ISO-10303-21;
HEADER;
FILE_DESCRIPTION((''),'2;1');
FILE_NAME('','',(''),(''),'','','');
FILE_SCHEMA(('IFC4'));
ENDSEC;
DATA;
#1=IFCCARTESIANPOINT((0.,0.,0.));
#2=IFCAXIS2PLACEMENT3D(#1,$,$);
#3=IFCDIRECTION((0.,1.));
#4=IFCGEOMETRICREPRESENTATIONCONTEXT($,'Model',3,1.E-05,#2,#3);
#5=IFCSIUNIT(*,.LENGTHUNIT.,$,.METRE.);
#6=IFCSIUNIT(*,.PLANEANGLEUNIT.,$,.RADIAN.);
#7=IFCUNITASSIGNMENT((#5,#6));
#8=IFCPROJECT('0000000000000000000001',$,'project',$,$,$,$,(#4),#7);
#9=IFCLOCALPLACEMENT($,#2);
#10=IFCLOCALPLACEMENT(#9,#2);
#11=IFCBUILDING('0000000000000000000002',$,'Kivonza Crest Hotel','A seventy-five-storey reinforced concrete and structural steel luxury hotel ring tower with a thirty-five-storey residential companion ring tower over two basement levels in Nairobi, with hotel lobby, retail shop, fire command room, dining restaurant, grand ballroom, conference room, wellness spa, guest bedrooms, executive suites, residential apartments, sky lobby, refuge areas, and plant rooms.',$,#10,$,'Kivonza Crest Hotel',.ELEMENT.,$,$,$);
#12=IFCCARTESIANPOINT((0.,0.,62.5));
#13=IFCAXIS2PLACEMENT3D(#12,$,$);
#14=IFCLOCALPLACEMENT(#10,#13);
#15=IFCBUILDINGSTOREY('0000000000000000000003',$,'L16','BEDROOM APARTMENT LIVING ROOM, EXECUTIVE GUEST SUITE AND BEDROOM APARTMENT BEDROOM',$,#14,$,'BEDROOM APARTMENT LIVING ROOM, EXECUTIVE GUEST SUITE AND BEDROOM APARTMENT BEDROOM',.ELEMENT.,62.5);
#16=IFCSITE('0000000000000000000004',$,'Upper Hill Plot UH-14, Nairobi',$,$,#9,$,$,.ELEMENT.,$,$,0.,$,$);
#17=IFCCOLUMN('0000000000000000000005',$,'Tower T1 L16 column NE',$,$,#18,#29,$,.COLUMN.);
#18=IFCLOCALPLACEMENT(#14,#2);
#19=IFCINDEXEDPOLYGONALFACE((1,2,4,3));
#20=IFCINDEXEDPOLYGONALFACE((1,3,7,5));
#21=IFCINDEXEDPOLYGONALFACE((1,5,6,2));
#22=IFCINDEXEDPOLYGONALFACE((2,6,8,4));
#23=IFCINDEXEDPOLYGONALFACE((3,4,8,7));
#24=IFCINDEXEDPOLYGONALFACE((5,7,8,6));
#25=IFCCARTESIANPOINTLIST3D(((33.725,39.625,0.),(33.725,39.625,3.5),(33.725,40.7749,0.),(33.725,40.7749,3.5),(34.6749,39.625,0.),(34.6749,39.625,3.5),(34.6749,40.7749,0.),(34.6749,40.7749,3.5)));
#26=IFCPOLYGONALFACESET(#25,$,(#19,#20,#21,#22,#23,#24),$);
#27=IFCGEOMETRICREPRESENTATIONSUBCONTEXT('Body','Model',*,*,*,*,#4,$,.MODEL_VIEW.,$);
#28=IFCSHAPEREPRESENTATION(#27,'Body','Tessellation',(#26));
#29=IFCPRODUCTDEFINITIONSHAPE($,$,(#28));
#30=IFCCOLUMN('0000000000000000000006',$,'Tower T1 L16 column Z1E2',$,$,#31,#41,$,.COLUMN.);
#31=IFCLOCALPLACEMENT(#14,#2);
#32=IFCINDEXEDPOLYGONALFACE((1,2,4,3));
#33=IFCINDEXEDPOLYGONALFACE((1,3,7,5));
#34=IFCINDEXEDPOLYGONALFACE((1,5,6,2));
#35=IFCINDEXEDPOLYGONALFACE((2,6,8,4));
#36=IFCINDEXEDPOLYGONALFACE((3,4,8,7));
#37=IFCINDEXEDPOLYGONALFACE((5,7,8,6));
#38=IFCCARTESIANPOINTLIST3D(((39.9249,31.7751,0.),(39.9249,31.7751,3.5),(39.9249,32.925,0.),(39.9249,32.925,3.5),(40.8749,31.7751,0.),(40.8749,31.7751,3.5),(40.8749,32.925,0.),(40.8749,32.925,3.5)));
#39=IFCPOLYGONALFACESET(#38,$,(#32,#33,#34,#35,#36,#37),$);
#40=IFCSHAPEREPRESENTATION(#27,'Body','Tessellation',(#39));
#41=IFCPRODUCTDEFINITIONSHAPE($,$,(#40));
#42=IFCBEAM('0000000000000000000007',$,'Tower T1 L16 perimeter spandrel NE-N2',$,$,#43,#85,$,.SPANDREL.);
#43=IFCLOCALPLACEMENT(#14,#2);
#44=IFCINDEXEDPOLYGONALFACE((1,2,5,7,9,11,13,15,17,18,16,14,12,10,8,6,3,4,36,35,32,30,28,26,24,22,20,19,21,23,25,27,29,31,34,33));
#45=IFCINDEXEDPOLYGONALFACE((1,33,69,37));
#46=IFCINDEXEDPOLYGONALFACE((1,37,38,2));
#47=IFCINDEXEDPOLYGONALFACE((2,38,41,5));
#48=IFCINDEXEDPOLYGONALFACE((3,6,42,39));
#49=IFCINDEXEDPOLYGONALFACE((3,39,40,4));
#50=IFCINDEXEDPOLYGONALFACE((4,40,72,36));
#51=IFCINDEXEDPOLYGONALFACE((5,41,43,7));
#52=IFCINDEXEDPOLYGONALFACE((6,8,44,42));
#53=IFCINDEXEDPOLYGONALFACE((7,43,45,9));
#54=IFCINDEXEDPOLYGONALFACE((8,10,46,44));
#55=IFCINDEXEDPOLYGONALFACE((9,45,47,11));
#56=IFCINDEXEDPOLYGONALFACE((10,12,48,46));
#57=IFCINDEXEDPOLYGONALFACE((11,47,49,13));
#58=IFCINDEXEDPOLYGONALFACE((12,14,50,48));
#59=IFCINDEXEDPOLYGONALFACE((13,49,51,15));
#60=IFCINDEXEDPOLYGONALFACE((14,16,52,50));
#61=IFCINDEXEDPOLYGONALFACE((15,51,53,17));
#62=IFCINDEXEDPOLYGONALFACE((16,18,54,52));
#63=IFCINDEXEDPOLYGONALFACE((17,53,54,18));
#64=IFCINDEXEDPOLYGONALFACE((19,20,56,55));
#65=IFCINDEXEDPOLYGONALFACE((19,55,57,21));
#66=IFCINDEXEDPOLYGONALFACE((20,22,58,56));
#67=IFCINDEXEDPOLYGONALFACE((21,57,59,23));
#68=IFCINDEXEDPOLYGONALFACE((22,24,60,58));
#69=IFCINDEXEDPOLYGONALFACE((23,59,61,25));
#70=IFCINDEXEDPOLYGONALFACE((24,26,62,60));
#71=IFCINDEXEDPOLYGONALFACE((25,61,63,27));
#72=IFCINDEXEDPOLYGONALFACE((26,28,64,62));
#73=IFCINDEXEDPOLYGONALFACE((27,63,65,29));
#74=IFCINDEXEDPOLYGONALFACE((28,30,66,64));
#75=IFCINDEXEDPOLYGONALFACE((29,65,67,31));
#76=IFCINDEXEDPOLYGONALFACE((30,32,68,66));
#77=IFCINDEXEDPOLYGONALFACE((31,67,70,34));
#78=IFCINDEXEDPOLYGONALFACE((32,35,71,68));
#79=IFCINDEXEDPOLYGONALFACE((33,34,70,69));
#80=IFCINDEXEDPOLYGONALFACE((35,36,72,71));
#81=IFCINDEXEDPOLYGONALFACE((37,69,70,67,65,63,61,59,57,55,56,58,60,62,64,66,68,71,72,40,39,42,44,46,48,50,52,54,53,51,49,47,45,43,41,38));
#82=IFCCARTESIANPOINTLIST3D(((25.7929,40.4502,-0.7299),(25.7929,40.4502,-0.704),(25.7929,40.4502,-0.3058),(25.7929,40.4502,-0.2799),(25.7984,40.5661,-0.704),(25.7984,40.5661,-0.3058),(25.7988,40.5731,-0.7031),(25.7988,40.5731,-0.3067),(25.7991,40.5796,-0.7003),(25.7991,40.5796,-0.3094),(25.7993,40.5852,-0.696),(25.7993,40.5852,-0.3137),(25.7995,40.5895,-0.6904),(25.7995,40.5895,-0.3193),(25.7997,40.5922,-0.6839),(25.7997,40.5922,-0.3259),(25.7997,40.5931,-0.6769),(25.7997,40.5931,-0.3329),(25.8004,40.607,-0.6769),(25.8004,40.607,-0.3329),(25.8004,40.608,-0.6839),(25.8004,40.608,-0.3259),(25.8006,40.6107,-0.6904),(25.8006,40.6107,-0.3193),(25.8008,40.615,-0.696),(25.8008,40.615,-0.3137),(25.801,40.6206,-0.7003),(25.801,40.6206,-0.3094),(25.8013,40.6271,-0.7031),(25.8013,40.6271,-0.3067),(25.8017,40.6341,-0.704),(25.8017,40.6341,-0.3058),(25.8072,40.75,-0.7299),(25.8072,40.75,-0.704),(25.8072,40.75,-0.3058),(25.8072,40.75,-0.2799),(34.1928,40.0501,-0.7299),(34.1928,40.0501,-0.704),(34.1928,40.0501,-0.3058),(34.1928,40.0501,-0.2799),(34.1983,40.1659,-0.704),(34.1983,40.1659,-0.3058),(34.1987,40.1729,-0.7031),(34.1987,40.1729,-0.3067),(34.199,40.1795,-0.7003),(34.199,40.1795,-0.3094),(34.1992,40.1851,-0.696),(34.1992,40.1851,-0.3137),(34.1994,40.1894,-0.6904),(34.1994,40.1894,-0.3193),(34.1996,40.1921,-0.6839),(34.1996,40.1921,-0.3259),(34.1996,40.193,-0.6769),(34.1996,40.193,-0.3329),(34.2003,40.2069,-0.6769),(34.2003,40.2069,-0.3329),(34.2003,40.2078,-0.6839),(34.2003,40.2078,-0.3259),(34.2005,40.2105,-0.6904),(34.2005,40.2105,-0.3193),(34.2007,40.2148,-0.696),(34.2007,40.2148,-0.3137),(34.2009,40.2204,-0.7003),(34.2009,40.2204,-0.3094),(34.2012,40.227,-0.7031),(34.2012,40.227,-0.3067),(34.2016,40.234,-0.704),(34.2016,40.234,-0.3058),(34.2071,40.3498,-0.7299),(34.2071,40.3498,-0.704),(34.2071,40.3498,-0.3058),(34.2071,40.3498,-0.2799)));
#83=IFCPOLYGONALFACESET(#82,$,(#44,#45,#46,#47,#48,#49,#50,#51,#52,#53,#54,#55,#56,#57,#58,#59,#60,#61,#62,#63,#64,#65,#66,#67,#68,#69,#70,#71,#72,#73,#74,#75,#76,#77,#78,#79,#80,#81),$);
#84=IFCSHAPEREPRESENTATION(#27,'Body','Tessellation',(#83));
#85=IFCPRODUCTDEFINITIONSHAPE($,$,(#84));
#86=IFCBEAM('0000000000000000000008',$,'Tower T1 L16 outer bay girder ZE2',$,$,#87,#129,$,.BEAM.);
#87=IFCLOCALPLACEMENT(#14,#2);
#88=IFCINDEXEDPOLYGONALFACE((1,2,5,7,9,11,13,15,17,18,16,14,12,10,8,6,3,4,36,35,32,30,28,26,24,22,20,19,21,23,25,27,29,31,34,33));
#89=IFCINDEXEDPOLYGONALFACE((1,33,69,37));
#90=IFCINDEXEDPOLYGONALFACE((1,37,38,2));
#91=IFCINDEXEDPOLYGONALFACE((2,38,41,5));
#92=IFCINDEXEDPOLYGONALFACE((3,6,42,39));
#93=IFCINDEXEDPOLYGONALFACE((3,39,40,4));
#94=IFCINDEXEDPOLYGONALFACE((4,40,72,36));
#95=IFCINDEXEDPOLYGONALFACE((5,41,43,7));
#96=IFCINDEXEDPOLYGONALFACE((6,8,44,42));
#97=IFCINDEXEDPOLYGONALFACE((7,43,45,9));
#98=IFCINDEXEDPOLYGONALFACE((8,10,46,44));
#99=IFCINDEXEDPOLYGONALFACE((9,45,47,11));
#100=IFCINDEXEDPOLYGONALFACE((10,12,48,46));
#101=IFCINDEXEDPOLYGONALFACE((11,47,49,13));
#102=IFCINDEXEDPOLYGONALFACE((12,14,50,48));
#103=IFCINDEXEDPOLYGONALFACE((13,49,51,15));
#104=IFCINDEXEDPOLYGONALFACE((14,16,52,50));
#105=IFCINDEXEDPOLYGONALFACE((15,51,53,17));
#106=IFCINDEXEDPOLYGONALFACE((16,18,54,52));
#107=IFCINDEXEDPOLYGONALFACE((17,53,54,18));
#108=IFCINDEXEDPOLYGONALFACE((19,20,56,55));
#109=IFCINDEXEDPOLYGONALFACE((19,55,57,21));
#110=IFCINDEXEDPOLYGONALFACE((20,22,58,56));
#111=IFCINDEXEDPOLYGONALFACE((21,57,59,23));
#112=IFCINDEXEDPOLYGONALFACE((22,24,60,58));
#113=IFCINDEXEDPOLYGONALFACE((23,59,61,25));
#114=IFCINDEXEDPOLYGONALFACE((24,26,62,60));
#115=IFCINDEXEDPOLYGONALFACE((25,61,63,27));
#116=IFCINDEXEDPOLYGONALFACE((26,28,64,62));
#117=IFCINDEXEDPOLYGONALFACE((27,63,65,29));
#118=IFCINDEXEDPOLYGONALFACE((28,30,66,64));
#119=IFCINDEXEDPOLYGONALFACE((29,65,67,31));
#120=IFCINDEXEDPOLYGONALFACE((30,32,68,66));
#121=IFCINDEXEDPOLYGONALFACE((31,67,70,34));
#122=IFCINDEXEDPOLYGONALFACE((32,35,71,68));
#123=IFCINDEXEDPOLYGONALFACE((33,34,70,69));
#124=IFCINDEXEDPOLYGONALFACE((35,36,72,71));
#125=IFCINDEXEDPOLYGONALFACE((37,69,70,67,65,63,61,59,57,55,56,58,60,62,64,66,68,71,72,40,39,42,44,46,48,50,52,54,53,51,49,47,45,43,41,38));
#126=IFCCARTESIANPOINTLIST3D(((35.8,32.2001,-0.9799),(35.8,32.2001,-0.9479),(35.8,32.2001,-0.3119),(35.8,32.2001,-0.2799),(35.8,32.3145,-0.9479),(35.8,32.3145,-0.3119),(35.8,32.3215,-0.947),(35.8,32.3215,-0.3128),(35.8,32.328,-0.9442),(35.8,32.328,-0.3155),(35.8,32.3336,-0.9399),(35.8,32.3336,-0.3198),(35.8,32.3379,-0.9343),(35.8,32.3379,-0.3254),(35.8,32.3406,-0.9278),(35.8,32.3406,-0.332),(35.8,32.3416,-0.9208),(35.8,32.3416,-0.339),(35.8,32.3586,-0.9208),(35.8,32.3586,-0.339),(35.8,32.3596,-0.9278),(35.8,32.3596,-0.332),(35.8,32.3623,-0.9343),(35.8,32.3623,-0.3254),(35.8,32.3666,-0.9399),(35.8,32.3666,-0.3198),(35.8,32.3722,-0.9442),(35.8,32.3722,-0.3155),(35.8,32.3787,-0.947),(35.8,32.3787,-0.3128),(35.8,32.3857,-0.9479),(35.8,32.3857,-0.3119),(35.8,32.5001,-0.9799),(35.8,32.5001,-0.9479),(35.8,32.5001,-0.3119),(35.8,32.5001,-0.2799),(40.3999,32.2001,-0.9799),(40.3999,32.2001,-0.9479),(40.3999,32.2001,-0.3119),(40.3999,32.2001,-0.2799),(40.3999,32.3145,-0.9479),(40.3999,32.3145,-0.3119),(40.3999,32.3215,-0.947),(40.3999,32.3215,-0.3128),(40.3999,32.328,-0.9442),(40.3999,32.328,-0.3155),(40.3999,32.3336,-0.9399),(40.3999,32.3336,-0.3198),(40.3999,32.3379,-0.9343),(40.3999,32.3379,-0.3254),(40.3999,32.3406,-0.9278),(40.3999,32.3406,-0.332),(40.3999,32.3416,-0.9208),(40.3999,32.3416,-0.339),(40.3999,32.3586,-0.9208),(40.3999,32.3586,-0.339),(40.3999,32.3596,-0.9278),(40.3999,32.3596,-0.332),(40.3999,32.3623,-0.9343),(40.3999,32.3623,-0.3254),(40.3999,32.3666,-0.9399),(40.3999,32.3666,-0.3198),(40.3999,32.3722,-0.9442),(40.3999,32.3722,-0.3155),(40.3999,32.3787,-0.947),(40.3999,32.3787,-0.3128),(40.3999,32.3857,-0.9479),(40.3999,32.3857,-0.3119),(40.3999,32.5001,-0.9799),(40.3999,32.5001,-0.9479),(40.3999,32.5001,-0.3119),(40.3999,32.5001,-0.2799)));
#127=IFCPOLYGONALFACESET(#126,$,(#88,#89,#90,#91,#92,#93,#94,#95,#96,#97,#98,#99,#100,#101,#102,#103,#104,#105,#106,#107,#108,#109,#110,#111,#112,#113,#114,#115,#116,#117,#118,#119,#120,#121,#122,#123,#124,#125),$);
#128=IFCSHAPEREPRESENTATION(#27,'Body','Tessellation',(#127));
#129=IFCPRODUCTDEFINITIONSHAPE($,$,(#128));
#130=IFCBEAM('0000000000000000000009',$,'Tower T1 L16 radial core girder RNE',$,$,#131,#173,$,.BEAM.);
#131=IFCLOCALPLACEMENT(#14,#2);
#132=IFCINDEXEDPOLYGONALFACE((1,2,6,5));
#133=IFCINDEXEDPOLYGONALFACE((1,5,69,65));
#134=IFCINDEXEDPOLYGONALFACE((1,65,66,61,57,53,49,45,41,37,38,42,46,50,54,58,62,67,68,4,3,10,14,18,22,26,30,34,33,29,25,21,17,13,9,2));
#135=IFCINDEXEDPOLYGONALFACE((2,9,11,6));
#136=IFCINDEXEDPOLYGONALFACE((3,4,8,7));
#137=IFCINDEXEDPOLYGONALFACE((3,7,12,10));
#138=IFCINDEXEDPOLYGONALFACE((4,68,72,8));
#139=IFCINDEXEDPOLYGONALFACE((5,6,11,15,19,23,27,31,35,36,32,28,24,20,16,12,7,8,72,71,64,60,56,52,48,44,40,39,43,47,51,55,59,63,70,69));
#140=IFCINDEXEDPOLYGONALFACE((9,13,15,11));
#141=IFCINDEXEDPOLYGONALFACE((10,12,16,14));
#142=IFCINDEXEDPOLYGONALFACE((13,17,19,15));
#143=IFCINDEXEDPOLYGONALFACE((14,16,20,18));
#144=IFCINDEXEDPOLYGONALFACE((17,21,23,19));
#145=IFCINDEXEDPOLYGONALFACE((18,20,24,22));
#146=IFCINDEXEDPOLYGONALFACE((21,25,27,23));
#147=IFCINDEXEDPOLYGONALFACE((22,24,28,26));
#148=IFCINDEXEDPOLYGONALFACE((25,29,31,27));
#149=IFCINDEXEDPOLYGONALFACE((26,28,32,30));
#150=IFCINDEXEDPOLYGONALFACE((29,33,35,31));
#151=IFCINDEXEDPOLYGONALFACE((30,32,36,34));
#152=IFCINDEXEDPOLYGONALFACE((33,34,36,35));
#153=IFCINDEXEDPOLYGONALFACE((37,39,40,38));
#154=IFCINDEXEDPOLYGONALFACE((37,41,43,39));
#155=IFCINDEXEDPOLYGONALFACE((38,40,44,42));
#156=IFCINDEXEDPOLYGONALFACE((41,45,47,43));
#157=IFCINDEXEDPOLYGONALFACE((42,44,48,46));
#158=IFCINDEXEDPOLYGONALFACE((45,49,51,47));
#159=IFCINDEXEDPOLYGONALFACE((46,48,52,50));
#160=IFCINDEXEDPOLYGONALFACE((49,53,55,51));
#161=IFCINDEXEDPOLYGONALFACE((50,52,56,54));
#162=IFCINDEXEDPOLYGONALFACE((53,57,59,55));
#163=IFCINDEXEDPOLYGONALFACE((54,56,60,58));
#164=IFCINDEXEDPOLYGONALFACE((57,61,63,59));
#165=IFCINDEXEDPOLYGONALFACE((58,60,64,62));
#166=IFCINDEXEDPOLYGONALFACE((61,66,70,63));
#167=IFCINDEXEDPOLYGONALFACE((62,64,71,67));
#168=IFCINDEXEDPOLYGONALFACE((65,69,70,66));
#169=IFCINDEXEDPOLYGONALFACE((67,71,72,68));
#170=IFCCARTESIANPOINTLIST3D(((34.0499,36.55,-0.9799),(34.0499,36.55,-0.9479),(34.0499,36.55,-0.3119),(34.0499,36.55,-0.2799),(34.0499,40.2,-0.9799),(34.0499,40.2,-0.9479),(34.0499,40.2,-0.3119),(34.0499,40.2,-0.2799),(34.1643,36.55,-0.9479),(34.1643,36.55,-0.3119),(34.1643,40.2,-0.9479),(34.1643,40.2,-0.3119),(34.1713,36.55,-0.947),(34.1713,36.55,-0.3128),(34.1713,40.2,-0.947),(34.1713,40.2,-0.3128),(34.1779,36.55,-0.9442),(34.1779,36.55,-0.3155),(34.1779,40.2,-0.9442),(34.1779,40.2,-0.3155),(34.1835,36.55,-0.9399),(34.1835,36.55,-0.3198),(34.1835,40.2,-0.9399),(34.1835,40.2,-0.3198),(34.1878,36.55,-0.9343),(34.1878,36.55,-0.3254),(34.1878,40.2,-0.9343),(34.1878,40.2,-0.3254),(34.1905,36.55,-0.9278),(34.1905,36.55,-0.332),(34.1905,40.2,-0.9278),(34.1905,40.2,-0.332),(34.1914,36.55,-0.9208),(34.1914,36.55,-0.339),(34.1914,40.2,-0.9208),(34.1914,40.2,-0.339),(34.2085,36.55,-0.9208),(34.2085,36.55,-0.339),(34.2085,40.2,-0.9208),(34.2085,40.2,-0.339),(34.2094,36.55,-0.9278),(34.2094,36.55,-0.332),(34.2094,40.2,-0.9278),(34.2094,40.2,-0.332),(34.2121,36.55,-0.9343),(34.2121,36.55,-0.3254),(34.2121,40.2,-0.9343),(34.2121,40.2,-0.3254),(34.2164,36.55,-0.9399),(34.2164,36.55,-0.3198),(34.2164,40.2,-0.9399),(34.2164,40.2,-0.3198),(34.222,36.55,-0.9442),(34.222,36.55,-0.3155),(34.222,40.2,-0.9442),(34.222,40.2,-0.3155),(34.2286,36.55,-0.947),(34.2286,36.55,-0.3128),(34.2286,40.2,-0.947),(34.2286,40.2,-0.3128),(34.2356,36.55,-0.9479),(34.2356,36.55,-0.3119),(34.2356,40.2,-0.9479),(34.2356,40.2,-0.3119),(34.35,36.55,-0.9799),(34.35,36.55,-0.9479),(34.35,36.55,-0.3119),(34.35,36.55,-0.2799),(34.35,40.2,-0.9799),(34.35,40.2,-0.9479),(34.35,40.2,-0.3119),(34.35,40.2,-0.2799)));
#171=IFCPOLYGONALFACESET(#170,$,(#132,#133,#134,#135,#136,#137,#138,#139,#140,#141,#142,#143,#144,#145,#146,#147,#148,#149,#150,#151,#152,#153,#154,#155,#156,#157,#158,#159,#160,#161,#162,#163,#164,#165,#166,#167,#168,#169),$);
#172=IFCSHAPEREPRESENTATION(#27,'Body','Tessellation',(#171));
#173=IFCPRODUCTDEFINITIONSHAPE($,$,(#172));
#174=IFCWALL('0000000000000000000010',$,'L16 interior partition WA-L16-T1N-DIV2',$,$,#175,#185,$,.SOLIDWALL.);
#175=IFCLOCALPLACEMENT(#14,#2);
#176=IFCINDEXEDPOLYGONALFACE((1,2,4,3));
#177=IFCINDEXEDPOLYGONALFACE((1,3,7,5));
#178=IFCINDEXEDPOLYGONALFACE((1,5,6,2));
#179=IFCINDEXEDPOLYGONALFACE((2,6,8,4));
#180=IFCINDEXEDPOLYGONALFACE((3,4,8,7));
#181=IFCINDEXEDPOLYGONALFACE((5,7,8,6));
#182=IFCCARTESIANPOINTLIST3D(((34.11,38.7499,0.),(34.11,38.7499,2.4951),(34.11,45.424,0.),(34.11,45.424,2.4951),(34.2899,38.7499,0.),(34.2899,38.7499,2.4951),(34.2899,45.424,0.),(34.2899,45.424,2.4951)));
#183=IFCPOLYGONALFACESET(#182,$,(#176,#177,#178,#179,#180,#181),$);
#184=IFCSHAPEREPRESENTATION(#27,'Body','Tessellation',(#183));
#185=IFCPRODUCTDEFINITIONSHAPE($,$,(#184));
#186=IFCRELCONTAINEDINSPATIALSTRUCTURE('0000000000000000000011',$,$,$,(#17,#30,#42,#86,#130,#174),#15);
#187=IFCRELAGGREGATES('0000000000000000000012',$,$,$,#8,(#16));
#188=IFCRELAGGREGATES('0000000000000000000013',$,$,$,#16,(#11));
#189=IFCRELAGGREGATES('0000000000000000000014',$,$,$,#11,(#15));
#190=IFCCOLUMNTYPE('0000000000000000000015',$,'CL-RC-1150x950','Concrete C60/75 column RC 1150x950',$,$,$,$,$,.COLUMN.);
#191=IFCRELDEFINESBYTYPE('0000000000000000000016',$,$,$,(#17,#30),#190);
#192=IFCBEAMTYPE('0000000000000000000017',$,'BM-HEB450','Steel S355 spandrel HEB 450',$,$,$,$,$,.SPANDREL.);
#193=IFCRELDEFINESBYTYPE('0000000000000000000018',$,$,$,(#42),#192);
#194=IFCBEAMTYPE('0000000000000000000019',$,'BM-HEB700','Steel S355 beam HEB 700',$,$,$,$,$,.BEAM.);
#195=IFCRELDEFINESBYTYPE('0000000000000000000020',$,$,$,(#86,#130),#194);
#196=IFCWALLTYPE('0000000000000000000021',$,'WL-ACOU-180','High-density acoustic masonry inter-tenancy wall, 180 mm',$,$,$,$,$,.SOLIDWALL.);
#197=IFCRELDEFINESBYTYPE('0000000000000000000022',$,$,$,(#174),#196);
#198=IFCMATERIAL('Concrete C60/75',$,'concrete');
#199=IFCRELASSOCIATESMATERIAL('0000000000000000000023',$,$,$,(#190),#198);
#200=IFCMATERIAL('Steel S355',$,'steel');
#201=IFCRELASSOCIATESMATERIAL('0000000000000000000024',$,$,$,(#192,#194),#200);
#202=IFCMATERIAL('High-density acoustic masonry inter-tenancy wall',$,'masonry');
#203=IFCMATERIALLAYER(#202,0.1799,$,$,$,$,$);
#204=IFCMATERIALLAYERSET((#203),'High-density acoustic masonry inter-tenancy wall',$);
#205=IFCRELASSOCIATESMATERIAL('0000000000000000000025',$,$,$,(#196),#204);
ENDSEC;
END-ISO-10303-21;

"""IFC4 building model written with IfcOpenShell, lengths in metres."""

from ifc_helpers import new_model, si_unit, direction, frame, frame_2d, origin, origin_2d, place, context, subcontext, project, spatial, rectangle, i_section, extrude, material, layer, layer_set, material_profile, profile_set, type_object, element, save


model = new_model("IFC4")

# Units and contexts
model_context = context("Model", 3, precision=1e-05, world=origin(), true_north=direction((0.0, 1.0)))
body_context = subcontext(model_context, "Body", "Model", "MODEL_VIEW")
ifc_project = project(units=[si_unit("LENGTHUNIT", "METRE"), si_unit("PLANEANGLEUNIT", "RADIAN")], contexts=[model_context])

# Site, building, storey
site_placement = place(None, origin())
site = spatial("IfcSite", under=ifc_project, at=site_placement, Name="Upper Hill Plot UH-14, Nairobi", CompositionType="ELEMENT", RefElevation=0.0)
building_placement = place(site_placement, origin())
building = spatial("IfcBuilding", under=site, at=building_placement, Name="Kivonza Crest Hotel", Description="A seventy-five-storey reinforced concrete and structural steel luxury hotel ring tower with a thirty-five-storey residential companion ring tower over two basement levels in Nairobi, with hotel lobby, retail shop, fire command room, dining restaurant, grand ballroom, conference room, wellness spa, guest bedrooms, executive suites, residential apartments, sky lobby, refuge areas, and plant rooms.", LongName="Kivonza Crest Hotel", CompositionType="ELEMENT")
storey_placement = place(building_placement, frame((0.0, 0.0, 62.5)))
storey = spatial("IfcBuildingStorey", under=building, at=storey_placement, Name="L16", Description="BEDROOM APARTMENT LIVING ROOM, EXECUTIVE GUEST SUITE AND BEDROOM APARTMENT BEDROOM", LongName="BEDROOM APARTMENT LIVING ROOM, EXECUTIVE GUEST SUITE AND BEDROOM APARTMENT BEDROOM", CompositionType="ELEMENT", Elevation=62.5)

# Columns
ifc_material_1 = material(Name="Concrete C60/75", Category="concrete")
ifc_material_profile_1 = material_profile(ifc_material_1, rectangle(XDim=0.95, YDim=1.1499, at=origin_2d()), Name="RC 1150x950")
ifc_profile_set_1 = profile_set([ifc_material_profile_1], Name="Concrete C60/75")
column_type = type_object("IfcColumnType", Name="CL-RC-1150x950", Description="Concrete C60/75 column RC 1150x950", PredefinedType="COLUMN", material=ifc_profile_set_1)
for number, where, z_axis, x_axis, name in (
    (1, (34.2, 40.2, 0.0), (0.0, 0.0, 1.0), (1.0, 0.0, 0.0), "Tower T1 L16 column NE"),
    (2, (40.3999, 32.3501, 0.0), (0.0, 0.0, 1.0), (1.0, 0.0, 0.0), "Tower T1 L16 column Z1E2"),
):
    element("IfcColumn", number, at=place(storey_placement, frame(where, z_axis=z_axis, x_axis=x_axis)), inside=storey, type_object=column_type, Name=name, PredefinedType="COLUMN", context=body_context, shape_type="SweptSolid", body=[
        extrude(rectangle(XDim=0.95, YDim=1.1499, at=origin_2d()), origin(), (0.0, 0.0, 1.0), 3.5),
    ])

# Beams
ifc_material_2 = material(Name="Steel S355", Category="steel")
ifc_material_profile_2 = material_profile(ifc_material_2, i_section(OverallWidth=0.3, OverallDepth=0.45, WebThickness=0.0139, FlangeThickness=0.0259, FilletRadius=0.0271, at=origin_2d()), Name="HEB 450")
ifc_profile_set_2 = profile_set([ifc_material_profile_2], Name="Steel S355")
beam_type_1 = type_object("IfcBeamType", Name="BM-HEB450", Description="Steel S355 spandrel HEB 450", PredefinedType="SPANDREL", material=ifc_profile_set_2)
beam_1_placement = place(storey_placement, frame((34.2, 40.2, -0.5049), z_axis=(-0.998867, 0.047583, 0.0), x_axis=(-0.047583, -0.998867, 0.0)))
element("IfcBeam", 3, at=beam_1_placement, inside=storey, type_object=beam_type_1, Name="Tower T1 L16 perimeter spandrel NE-N2", PredefinedType="SPANDREL", context=body_context, shape_type="SweptSolid", body=[
    extrude(i_section(OverallWidth=0.3, OverallDepth=0.45, WebThickness=0.0139, FlangeThickness=0.0259, FilletRadius=0.0271, at=origin_2d()), origin(), (0.0, 0.0, 1.0), 8.4094),
])
ifc_material_profile_3 = material_profile(ifc_material_2, i_section(OverallWidth=0.3, OverallDepth=0.7, WebThickness=0.0171, FlangeThickness=0.032, FilletRadius=0.0271, at=origin_2d()), Name="HEB 700")
ifc_profile_set_3 = profile_set([ifc_material_profile_3], Name="Steel S355")
beam_type_2 = type_object("IfcBeamType", Name="BM-HEB700", Description="Steel S355 beam HEB 700", PredefinedType="BEAM", material=ifc_profile_set_3)
beam_2_placement = place(storey_placement, frame((40.3999, 32.3501, -0.6299), z_axis=(-1.0, 0.0, 0.0), x_axis=(0.0, -1.0, 0.0)))
element("IfcBeam", 4, at=beam_2_placement, inside=storey, type_object=beam_type_2, Name="Tower T1 L16 outer bay girder ZE2", PredefinedType="BEAM", context=body_context, shape_type="SweptSolid", body=[
    extrude(i_section(OverallWidth=0.3, OverallDepth=0.7, WebThickness=0.0171, FlangeThickness=0.032, FilletRadius=0.0271, at=origin_2d()), origin(), (0.0, 0.0, 1.0), 4.5999),
])
beam_3_placement = place(storey_placement, frame((34.2, 40.2, -0.6299), z_axis=(0.0, -1.0, 0.0), x_axis=(1.0, 0.0, 0.0)))
element("IfcBeam", 5, at=beam_3_placement, inside=storey, type_object=beam_type_2, Name="Tower T1 L16 radial core girder RNE", PredefinedType="BEAM", context=body_context, shape_type="SweptSolid", body=[
    extrude(i_section(OverallWidth=0.3, OverallDepth=0.7, WebThickness=0.0171, FlangeThickness=0.032, FilletRadius=0.0271, at=origin_2d()), origin(), (0.0, 0.0, 1.0), 3.6499),
])

# Wall
ifc_material_3 = material(Name="High-density acoustic masonry inter-tenancy wall", Category="masonry")
ifc_layer_1 = layer(ifc_material_3, 0.1799)
ifc_layer_set_1 = layer_set([ifc_layer_1], Name="High-density acoustic masonry inter-tenancy wall")
wall_type_1 = type_object("IfcWallType", Name="WL-ACOU-180", Description="High-density acoustic masonry inter-tenancy wall, 180 mm", PredefinedType="SOLIDWALL", material=ifc_layer_set_1)
wall_1_placement = place(storey_placement, frame((34.2, 38.75, 0.0), z_axis=(0.0, 0.0, 1.0), x_axis=(0.0, 1.0, 0.0)))
element("IfcWall", 6, at=wall_1_placement, inside=storey, type_object=wall_type_1, Name="L16 interior partition WA-L16-T1N-DIV2", PredefinedType="SOLIDWALL", context=body_context, shape_type="SweptSolid", body=[
    extrude(rectangle(XDim=6.6741, YDim=0.1799, at=frame_2d((3.3369, 0.0))), origin(), (0.0, 0.0, 1.0), 2.4951),
])

save(model, "model.ifc")
